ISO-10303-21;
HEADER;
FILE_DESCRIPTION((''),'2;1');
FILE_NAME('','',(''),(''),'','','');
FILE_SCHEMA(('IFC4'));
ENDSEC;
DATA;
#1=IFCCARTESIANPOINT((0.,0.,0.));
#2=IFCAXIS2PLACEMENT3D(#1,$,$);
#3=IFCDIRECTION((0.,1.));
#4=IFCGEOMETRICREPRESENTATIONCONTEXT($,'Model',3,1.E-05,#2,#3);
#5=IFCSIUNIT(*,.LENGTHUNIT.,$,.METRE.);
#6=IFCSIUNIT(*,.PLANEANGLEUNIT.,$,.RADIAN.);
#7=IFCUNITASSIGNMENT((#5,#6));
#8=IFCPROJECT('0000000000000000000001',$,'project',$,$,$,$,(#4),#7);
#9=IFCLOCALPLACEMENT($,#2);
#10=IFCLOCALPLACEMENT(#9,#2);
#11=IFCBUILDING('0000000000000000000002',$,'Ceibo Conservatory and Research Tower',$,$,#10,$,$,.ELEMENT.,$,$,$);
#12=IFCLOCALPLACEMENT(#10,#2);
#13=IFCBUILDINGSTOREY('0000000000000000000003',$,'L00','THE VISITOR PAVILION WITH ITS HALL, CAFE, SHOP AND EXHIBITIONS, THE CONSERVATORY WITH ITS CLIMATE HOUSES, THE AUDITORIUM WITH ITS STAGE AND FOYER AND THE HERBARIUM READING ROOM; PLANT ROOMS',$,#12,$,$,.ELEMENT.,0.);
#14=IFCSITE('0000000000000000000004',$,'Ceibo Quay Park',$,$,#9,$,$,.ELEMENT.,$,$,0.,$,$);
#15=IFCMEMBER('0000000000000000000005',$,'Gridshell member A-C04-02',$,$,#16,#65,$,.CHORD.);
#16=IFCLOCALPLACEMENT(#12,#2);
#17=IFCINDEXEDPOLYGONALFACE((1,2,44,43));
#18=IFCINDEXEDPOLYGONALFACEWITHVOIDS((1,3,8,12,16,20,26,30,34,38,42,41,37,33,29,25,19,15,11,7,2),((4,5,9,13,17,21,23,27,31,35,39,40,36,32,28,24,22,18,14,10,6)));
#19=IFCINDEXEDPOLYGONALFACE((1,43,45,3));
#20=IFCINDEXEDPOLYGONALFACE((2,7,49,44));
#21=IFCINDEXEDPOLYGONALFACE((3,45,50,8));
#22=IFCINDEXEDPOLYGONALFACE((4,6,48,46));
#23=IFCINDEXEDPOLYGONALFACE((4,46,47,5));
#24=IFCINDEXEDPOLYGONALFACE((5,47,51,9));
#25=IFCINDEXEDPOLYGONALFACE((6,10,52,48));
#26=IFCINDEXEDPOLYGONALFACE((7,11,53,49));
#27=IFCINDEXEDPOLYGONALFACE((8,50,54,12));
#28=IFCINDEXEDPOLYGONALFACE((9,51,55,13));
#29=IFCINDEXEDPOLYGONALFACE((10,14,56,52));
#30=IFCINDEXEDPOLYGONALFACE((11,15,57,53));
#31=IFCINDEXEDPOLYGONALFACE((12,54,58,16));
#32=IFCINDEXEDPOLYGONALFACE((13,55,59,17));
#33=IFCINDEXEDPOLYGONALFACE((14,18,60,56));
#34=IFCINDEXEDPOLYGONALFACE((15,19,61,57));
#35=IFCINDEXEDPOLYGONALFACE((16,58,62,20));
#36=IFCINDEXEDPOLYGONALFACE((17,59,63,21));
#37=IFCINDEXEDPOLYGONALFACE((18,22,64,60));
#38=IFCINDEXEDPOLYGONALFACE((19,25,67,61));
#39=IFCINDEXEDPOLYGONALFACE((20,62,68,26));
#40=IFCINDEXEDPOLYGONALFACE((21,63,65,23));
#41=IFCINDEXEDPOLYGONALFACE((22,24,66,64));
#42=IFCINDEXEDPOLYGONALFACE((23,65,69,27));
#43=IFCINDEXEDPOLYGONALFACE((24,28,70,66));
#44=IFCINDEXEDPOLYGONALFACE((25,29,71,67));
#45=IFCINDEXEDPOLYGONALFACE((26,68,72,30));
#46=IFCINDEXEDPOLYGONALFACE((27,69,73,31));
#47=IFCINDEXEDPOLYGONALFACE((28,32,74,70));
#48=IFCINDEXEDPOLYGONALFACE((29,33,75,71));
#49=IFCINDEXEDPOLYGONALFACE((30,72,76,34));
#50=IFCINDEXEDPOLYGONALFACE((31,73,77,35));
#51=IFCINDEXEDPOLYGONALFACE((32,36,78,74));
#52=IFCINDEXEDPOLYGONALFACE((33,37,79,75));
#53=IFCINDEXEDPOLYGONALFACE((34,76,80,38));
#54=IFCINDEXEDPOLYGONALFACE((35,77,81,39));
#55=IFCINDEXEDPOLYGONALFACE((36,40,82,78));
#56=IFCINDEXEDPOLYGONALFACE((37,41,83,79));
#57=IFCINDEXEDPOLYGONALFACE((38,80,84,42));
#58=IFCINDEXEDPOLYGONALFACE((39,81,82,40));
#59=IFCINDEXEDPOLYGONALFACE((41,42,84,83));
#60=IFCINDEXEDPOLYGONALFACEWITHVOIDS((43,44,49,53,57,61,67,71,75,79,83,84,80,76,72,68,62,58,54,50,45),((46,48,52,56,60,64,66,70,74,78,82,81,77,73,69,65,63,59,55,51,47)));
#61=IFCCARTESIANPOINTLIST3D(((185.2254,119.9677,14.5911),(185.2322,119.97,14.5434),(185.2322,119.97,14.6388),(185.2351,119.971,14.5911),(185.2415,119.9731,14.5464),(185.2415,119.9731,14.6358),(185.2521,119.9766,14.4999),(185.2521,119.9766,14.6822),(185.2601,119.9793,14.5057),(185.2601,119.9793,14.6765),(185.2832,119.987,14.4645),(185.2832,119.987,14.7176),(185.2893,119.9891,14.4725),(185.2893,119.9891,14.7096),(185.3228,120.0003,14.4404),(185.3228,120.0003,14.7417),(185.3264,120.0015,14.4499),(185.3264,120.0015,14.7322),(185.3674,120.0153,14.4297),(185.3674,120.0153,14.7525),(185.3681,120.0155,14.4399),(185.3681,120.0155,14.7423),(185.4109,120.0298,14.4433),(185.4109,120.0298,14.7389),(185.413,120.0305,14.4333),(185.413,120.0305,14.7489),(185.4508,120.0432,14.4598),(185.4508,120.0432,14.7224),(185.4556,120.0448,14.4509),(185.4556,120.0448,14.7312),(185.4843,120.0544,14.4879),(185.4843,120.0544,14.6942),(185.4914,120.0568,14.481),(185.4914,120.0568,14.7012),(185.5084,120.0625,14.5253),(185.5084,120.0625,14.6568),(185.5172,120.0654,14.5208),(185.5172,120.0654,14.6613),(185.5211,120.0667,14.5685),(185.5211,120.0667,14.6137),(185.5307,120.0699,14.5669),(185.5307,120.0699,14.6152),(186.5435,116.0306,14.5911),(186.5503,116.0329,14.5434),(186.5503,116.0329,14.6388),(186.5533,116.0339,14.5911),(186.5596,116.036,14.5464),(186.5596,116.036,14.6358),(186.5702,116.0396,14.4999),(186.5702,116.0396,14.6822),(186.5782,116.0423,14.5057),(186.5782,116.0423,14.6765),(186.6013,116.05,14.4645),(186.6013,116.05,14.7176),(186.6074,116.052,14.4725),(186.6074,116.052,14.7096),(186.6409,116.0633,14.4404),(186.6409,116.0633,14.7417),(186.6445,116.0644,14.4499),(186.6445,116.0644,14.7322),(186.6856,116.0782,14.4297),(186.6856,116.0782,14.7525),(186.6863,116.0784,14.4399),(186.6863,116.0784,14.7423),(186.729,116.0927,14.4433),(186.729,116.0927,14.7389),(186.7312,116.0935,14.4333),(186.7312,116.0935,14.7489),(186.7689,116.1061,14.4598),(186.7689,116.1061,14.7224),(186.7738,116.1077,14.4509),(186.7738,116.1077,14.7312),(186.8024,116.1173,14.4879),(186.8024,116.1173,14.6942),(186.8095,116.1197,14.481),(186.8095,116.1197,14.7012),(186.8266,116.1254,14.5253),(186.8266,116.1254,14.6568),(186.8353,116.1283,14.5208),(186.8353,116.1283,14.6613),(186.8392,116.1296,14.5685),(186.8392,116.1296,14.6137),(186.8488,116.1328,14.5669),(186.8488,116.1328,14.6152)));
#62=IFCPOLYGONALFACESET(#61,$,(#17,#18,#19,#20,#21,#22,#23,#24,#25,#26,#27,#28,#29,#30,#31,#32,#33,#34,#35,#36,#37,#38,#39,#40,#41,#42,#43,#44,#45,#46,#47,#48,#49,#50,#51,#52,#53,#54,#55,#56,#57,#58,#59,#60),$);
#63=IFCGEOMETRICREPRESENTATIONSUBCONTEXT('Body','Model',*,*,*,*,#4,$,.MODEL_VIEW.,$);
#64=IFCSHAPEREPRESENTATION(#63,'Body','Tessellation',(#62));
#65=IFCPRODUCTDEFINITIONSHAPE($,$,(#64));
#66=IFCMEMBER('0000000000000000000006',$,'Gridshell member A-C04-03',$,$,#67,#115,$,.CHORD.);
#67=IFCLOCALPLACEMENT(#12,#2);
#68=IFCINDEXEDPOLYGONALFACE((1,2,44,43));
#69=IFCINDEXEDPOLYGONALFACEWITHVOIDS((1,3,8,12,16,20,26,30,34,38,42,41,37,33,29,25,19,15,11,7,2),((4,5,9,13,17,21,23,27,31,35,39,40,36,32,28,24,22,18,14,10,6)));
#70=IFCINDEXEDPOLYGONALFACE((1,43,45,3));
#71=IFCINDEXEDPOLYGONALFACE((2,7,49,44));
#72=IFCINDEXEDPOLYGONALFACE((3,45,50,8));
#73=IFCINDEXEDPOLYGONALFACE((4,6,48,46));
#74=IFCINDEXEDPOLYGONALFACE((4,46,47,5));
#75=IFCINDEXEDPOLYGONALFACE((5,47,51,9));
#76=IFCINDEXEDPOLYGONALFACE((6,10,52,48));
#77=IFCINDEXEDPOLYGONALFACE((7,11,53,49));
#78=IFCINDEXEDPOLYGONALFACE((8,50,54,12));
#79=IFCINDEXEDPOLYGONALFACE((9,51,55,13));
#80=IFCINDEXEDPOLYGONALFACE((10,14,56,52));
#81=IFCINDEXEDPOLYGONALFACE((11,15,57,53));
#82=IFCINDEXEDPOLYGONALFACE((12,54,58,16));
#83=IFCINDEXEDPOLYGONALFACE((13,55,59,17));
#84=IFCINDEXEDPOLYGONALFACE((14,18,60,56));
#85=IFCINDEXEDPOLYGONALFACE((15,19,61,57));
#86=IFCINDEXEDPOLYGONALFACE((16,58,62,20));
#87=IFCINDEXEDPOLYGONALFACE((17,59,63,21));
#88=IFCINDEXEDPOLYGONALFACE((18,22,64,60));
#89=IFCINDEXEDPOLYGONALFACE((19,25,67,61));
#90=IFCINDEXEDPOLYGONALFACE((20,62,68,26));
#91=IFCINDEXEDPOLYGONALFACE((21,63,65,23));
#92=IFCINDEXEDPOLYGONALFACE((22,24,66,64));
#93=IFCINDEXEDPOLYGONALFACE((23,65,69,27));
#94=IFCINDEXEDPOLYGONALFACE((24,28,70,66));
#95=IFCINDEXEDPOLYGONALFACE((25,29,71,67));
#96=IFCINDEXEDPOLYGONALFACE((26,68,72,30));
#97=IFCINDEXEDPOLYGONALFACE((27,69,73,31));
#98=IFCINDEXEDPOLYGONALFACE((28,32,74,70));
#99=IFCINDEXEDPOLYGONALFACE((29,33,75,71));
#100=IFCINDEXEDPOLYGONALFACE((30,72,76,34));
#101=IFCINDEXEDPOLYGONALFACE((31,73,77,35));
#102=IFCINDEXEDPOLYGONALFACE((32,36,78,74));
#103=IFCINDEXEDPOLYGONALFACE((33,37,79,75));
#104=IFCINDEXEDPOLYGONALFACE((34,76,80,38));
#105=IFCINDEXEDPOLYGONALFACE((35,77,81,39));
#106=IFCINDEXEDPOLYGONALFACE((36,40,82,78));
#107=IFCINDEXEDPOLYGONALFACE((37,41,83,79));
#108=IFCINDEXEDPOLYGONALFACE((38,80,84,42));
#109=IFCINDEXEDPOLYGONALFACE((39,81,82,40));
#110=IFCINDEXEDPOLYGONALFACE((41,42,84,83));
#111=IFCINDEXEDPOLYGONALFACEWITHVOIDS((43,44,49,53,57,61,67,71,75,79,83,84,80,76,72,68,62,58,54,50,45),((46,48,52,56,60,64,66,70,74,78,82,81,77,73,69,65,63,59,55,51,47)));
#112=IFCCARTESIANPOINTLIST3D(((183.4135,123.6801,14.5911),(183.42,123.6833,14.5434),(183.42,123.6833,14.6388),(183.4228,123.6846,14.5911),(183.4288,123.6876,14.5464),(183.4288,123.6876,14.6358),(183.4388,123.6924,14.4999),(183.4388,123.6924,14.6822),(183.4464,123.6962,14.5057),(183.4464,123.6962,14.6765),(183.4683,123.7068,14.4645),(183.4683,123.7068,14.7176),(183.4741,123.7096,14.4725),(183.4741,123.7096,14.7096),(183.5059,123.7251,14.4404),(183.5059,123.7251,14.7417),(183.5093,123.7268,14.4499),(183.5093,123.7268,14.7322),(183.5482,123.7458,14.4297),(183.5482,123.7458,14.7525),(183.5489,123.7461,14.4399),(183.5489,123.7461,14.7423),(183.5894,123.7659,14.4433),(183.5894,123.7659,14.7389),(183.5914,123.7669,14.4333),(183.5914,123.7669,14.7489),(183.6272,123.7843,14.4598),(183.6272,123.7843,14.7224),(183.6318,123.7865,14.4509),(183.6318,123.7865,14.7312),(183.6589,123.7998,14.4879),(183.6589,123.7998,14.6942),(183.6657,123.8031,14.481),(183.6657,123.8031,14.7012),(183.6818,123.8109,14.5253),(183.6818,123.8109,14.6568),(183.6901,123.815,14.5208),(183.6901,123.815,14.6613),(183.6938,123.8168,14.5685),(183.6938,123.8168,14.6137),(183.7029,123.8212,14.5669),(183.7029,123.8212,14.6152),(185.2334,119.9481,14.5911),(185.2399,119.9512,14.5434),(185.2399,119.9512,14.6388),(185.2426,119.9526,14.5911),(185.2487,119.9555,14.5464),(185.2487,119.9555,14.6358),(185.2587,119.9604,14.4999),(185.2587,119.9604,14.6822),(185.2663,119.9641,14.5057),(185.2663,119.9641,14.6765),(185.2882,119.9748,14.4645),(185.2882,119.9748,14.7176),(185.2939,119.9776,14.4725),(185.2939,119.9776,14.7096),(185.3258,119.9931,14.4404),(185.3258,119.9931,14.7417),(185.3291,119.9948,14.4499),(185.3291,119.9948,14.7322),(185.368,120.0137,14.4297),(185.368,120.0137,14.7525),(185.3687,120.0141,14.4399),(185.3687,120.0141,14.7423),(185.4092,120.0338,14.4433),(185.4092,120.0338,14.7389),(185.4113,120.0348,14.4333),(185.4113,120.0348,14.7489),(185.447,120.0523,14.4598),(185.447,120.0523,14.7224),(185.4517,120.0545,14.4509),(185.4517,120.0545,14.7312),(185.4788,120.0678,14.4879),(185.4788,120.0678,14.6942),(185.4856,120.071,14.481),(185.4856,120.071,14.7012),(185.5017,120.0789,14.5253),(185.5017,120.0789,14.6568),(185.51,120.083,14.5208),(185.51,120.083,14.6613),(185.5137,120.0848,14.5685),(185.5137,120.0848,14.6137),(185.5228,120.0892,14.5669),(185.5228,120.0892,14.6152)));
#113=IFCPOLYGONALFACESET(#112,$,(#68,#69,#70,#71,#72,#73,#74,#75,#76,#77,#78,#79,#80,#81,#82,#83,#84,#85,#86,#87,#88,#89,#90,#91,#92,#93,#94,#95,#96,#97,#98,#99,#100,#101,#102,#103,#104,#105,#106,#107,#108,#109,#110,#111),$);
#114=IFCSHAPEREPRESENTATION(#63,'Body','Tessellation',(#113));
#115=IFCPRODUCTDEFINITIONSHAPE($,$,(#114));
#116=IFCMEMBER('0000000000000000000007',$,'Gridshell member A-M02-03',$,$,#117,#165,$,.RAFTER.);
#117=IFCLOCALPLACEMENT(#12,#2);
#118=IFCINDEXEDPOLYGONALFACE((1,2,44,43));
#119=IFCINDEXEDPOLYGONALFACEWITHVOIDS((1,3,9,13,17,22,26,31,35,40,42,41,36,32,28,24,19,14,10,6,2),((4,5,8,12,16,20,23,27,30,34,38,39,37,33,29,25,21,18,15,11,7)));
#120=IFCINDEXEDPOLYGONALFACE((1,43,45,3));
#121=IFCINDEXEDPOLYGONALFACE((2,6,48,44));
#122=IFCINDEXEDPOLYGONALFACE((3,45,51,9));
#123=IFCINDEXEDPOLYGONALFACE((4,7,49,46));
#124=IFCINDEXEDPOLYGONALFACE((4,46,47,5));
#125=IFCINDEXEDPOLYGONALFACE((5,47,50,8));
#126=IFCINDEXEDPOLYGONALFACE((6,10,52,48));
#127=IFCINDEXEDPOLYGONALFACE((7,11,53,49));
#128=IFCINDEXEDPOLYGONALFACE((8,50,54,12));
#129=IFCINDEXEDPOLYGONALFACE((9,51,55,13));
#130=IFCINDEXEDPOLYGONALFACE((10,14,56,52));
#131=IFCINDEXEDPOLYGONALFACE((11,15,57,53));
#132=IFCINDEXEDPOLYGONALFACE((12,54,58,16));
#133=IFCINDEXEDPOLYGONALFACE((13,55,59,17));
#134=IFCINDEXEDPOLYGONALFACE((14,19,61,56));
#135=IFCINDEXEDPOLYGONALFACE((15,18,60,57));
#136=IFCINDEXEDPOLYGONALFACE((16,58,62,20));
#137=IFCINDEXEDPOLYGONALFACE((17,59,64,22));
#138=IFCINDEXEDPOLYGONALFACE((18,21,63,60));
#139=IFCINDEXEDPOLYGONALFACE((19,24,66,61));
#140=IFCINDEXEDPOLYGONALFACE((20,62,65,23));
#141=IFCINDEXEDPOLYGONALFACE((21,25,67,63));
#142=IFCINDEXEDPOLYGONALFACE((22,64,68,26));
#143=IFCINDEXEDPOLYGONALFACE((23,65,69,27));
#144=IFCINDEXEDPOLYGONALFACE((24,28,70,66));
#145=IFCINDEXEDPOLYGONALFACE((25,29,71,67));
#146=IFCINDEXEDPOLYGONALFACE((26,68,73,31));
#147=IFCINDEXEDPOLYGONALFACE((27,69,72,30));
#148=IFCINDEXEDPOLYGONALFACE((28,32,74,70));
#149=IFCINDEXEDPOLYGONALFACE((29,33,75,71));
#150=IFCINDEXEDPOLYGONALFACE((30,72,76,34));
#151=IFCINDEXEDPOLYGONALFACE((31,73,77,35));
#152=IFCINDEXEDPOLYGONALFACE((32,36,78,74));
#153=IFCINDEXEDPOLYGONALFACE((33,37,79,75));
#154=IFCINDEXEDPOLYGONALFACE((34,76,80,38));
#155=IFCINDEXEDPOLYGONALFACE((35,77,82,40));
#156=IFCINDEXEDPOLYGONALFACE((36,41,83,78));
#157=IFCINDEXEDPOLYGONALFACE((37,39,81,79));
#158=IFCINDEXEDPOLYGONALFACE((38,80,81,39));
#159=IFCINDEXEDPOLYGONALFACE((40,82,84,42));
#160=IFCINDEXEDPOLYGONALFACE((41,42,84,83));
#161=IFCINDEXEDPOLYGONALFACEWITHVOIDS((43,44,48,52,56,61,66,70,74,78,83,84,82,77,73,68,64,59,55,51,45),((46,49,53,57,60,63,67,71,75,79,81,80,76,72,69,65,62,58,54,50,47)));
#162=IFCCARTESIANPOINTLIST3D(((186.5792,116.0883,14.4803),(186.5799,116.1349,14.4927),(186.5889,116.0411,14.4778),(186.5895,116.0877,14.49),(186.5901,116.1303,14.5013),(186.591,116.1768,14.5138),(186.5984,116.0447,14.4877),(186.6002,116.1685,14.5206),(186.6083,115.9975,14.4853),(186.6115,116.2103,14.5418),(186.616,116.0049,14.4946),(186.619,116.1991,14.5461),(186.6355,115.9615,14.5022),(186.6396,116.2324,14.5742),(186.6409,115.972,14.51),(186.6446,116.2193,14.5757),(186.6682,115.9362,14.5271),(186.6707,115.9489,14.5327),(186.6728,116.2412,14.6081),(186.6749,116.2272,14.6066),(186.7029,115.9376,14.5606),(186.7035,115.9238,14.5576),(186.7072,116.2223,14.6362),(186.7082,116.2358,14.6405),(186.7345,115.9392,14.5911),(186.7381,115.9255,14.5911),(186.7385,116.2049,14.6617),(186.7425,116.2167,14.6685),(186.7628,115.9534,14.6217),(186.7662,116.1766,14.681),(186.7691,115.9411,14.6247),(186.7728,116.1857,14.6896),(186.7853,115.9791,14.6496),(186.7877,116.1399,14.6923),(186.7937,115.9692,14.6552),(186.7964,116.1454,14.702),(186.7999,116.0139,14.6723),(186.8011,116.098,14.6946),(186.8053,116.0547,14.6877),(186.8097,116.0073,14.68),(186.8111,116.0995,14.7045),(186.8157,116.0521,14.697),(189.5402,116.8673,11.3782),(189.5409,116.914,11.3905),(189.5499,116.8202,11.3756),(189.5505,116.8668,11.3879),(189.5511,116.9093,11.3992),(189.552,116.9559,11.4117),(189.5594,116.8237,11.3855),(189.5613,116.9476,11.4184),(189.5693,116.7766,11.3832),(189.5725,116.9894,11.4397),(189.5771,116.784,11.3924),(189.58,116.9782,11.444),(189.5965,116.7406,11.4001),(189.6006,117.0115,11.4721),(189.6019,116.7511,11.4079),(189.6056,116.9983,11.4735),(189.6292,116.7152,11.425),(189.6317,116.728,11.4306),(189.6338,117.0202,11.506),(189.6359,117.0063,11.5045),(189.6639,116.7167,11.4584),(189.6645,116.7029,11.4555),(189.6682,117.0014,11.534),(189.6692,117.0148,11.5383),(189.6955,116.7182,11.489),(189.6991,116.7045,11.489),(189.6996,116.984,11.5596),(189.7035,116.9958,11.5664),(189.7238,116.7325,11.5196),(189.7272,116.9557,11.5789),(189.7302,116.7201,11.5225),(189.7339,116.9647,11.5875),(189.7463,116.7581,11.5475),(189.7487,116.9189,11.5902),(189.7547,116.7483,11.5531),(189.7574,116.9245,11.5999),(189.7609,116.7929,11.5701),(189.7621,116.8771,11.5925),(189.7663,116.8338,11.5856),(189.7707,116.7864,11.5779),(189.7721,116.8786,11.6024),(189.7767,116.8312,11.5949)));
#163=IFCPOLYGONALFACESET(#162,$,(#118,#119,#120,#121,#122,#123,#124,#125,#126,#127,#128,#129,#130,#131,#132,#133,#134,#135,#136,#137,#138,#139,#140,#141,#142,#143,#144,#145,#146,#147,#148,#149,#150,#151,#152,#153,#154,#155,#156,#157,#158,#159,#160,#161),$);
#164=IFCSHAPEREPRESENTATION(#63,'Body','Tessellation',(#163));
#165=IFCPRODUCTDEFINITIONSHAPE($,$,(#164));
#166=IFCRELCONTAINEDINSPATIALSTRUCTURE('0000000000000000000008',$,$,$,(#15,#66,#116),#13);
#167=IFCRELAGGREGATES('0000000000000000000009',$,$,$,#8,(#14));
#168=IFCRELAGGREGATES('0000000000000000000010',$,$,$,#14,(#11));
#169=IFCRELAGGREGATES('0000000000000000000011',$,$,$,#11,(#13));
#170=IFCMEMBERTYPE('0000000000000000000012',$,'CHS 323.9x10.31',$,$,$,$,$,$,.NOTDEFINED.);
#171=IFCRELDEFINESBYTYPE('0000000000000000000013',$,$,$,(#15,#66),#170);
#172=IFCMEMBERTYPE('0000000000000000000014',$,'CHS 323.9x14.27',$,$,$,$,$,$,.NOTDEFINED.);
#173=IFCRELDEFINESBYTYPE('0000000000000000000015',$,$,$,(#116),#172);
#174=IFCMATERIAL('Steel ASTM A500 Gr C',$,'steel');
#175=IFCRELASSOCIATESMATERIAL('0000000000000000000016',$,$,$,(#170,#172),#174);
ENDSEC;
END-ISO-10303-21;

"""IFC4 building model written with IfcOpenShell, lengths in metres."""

from ifc_helpers import new_model, si_unit, direction, frame, origin, origin_2d, place, context, subcontext, project, spatial, hollow_circle, extrude, material, material_profile, profile_set, type_object, element, save


model = new_model("IFC4")

# Units and contexts
model_context = context("Model", 3, precision=1e-05, world=origin(), true_north=direction((0.0, 1.0)))
body_context = subcontext(model_context, "Body", "Model", "MODEL_VIEW")
ifc_project = project(units=[si_unit("LENGTHUNIT", "METRE"), si_unit("PLANEANGLEUNIT", "RADIAN")], contexts=[model_context])

# Site, building, storey
site_placement = place(None, origin())
site = spatial("IfcSite", under=ifc_project, at=site_placement, Name="Ceibo Quay Park", CompositionType="ELEMENT", RefElevation=0.0)
building_placement = place(site_placement, origin())
building = spatial("IfcBuilding", under=site, at=building_placement, Name="Ceibo Conservatory and Research Tower", CompositionType="ELEMENT")
storey_placement = place(building_placement, origin())
storey = spatial("IfcBuildingStorey", under=building, at=storey_placement, Name="L00", Description="THE VISITOR PAVILION WITH ITS HALL, CAFE, SHOP AND EXHIBITIONS, THE CONSERVATORY WITH ITS CLIMATE HOUSES, THE AUDITORIUM WITH ITS STAGE AND FOYER AND THE HERBARIUM READING ROOM; PLANT ROOMS", CompositionType="ELEMENT", Elevation=0.0)

# Members
ifc_material_1 = material(Name="Steel ASTM A500 Gr C", Category="steel")
ifc_material_profile_1 = material_profile(ifc_material_1, hollow_circle(Radius=0.1619, WallThickness=0.0103, at=origin_2d()), Name="CHS 323.9x10.31")
ifc_profile_set_1 = profile_set([ifc_material_profile_1], Name="Steel ASTM A500 Gr C")
member_type_1 = type_object("IfcMemberType", Name="CHS 323.9x10.31", PredefinedType="NOTDEFINED", material=ifc_profile_set_1)
member_1_placement = place(storey_placement, frame((186.697, 116.082, 14.5911), z_axis=(-0.31748, 0.948265, 0.0), x_axis=(-0.948265, -0.31748, 0.0)))
element("IfcMember", 1, at=member_1_placement, inside=storey, type_object=member_type_1, Name="Gridshell member A-C04-02", PredefinedType="CHORD", context=body_context, shape_type="SweptSolid", body=[
    extrude(hollow_circle(Radius=0.1619, WallThickness=0.0103, at=origin_2d()), origin(), (0.0, 0.0, 1.0), 4.1519),
])
member_2_placement = place(storey_placement, frame((185.3789, 120.019, 14.5911), z_axis=(-0.438301, 0.898828, 0.0), x_axis=(-0.898828, -0.438301, 0.0)))
element("IfcMember", 2, at=member_2_placement, inside=storey, type_object=member_type_1, Name="Gridshell member A-C04-03", PredefinedType="CHORD", context=body_context, shape_type="SweptSolid", body=[
    extrude(hollow_circle(Radius=0.1619, WallThickness=0.0103, at=origin_2d()), origin(), (0.0, 0.0, 1.0), 4.1521),
])
ifc_material_profile_2 = material_profile(ifc_material_1, hollow_circle(Radius=0.1619, WallThickness=0.0142, at=origin_2d()), Name="CHS 323.9x14.27")
ifc_profile_set_2 = profile_set([ifc_material_profile_2], Name="Steel ASTM A500 Gr C")
member_type_2 = type_object("IfcMemberType", Name="CHS 323.9x14.27", PredefinedType="NOTDEFINED", material=ifc_profile_set_2)
member_3_placement = place(storey_placement, frame((189.658, 116.8611, 11.489), z_axis=(-0.679343, -0.178742, 0.711719), x_axis=(0.25445, -0.967086, 0.0)))
element("IfcMember", 3, at=member_3_placement, inside=storey, type_object=member_type_2, Name="Gridshell member A-M02-03", PredefinedType="RAFTER", context=body_context, shape_type="SweptSolid", body=[
    extrude(hollow_circle(Radius=0.1619, WallThickness=0.0142, at=origin_2d()), origin(), (0.0, 0.0, 1.0), 4.3586),
])

save(model, "model.ifc")
